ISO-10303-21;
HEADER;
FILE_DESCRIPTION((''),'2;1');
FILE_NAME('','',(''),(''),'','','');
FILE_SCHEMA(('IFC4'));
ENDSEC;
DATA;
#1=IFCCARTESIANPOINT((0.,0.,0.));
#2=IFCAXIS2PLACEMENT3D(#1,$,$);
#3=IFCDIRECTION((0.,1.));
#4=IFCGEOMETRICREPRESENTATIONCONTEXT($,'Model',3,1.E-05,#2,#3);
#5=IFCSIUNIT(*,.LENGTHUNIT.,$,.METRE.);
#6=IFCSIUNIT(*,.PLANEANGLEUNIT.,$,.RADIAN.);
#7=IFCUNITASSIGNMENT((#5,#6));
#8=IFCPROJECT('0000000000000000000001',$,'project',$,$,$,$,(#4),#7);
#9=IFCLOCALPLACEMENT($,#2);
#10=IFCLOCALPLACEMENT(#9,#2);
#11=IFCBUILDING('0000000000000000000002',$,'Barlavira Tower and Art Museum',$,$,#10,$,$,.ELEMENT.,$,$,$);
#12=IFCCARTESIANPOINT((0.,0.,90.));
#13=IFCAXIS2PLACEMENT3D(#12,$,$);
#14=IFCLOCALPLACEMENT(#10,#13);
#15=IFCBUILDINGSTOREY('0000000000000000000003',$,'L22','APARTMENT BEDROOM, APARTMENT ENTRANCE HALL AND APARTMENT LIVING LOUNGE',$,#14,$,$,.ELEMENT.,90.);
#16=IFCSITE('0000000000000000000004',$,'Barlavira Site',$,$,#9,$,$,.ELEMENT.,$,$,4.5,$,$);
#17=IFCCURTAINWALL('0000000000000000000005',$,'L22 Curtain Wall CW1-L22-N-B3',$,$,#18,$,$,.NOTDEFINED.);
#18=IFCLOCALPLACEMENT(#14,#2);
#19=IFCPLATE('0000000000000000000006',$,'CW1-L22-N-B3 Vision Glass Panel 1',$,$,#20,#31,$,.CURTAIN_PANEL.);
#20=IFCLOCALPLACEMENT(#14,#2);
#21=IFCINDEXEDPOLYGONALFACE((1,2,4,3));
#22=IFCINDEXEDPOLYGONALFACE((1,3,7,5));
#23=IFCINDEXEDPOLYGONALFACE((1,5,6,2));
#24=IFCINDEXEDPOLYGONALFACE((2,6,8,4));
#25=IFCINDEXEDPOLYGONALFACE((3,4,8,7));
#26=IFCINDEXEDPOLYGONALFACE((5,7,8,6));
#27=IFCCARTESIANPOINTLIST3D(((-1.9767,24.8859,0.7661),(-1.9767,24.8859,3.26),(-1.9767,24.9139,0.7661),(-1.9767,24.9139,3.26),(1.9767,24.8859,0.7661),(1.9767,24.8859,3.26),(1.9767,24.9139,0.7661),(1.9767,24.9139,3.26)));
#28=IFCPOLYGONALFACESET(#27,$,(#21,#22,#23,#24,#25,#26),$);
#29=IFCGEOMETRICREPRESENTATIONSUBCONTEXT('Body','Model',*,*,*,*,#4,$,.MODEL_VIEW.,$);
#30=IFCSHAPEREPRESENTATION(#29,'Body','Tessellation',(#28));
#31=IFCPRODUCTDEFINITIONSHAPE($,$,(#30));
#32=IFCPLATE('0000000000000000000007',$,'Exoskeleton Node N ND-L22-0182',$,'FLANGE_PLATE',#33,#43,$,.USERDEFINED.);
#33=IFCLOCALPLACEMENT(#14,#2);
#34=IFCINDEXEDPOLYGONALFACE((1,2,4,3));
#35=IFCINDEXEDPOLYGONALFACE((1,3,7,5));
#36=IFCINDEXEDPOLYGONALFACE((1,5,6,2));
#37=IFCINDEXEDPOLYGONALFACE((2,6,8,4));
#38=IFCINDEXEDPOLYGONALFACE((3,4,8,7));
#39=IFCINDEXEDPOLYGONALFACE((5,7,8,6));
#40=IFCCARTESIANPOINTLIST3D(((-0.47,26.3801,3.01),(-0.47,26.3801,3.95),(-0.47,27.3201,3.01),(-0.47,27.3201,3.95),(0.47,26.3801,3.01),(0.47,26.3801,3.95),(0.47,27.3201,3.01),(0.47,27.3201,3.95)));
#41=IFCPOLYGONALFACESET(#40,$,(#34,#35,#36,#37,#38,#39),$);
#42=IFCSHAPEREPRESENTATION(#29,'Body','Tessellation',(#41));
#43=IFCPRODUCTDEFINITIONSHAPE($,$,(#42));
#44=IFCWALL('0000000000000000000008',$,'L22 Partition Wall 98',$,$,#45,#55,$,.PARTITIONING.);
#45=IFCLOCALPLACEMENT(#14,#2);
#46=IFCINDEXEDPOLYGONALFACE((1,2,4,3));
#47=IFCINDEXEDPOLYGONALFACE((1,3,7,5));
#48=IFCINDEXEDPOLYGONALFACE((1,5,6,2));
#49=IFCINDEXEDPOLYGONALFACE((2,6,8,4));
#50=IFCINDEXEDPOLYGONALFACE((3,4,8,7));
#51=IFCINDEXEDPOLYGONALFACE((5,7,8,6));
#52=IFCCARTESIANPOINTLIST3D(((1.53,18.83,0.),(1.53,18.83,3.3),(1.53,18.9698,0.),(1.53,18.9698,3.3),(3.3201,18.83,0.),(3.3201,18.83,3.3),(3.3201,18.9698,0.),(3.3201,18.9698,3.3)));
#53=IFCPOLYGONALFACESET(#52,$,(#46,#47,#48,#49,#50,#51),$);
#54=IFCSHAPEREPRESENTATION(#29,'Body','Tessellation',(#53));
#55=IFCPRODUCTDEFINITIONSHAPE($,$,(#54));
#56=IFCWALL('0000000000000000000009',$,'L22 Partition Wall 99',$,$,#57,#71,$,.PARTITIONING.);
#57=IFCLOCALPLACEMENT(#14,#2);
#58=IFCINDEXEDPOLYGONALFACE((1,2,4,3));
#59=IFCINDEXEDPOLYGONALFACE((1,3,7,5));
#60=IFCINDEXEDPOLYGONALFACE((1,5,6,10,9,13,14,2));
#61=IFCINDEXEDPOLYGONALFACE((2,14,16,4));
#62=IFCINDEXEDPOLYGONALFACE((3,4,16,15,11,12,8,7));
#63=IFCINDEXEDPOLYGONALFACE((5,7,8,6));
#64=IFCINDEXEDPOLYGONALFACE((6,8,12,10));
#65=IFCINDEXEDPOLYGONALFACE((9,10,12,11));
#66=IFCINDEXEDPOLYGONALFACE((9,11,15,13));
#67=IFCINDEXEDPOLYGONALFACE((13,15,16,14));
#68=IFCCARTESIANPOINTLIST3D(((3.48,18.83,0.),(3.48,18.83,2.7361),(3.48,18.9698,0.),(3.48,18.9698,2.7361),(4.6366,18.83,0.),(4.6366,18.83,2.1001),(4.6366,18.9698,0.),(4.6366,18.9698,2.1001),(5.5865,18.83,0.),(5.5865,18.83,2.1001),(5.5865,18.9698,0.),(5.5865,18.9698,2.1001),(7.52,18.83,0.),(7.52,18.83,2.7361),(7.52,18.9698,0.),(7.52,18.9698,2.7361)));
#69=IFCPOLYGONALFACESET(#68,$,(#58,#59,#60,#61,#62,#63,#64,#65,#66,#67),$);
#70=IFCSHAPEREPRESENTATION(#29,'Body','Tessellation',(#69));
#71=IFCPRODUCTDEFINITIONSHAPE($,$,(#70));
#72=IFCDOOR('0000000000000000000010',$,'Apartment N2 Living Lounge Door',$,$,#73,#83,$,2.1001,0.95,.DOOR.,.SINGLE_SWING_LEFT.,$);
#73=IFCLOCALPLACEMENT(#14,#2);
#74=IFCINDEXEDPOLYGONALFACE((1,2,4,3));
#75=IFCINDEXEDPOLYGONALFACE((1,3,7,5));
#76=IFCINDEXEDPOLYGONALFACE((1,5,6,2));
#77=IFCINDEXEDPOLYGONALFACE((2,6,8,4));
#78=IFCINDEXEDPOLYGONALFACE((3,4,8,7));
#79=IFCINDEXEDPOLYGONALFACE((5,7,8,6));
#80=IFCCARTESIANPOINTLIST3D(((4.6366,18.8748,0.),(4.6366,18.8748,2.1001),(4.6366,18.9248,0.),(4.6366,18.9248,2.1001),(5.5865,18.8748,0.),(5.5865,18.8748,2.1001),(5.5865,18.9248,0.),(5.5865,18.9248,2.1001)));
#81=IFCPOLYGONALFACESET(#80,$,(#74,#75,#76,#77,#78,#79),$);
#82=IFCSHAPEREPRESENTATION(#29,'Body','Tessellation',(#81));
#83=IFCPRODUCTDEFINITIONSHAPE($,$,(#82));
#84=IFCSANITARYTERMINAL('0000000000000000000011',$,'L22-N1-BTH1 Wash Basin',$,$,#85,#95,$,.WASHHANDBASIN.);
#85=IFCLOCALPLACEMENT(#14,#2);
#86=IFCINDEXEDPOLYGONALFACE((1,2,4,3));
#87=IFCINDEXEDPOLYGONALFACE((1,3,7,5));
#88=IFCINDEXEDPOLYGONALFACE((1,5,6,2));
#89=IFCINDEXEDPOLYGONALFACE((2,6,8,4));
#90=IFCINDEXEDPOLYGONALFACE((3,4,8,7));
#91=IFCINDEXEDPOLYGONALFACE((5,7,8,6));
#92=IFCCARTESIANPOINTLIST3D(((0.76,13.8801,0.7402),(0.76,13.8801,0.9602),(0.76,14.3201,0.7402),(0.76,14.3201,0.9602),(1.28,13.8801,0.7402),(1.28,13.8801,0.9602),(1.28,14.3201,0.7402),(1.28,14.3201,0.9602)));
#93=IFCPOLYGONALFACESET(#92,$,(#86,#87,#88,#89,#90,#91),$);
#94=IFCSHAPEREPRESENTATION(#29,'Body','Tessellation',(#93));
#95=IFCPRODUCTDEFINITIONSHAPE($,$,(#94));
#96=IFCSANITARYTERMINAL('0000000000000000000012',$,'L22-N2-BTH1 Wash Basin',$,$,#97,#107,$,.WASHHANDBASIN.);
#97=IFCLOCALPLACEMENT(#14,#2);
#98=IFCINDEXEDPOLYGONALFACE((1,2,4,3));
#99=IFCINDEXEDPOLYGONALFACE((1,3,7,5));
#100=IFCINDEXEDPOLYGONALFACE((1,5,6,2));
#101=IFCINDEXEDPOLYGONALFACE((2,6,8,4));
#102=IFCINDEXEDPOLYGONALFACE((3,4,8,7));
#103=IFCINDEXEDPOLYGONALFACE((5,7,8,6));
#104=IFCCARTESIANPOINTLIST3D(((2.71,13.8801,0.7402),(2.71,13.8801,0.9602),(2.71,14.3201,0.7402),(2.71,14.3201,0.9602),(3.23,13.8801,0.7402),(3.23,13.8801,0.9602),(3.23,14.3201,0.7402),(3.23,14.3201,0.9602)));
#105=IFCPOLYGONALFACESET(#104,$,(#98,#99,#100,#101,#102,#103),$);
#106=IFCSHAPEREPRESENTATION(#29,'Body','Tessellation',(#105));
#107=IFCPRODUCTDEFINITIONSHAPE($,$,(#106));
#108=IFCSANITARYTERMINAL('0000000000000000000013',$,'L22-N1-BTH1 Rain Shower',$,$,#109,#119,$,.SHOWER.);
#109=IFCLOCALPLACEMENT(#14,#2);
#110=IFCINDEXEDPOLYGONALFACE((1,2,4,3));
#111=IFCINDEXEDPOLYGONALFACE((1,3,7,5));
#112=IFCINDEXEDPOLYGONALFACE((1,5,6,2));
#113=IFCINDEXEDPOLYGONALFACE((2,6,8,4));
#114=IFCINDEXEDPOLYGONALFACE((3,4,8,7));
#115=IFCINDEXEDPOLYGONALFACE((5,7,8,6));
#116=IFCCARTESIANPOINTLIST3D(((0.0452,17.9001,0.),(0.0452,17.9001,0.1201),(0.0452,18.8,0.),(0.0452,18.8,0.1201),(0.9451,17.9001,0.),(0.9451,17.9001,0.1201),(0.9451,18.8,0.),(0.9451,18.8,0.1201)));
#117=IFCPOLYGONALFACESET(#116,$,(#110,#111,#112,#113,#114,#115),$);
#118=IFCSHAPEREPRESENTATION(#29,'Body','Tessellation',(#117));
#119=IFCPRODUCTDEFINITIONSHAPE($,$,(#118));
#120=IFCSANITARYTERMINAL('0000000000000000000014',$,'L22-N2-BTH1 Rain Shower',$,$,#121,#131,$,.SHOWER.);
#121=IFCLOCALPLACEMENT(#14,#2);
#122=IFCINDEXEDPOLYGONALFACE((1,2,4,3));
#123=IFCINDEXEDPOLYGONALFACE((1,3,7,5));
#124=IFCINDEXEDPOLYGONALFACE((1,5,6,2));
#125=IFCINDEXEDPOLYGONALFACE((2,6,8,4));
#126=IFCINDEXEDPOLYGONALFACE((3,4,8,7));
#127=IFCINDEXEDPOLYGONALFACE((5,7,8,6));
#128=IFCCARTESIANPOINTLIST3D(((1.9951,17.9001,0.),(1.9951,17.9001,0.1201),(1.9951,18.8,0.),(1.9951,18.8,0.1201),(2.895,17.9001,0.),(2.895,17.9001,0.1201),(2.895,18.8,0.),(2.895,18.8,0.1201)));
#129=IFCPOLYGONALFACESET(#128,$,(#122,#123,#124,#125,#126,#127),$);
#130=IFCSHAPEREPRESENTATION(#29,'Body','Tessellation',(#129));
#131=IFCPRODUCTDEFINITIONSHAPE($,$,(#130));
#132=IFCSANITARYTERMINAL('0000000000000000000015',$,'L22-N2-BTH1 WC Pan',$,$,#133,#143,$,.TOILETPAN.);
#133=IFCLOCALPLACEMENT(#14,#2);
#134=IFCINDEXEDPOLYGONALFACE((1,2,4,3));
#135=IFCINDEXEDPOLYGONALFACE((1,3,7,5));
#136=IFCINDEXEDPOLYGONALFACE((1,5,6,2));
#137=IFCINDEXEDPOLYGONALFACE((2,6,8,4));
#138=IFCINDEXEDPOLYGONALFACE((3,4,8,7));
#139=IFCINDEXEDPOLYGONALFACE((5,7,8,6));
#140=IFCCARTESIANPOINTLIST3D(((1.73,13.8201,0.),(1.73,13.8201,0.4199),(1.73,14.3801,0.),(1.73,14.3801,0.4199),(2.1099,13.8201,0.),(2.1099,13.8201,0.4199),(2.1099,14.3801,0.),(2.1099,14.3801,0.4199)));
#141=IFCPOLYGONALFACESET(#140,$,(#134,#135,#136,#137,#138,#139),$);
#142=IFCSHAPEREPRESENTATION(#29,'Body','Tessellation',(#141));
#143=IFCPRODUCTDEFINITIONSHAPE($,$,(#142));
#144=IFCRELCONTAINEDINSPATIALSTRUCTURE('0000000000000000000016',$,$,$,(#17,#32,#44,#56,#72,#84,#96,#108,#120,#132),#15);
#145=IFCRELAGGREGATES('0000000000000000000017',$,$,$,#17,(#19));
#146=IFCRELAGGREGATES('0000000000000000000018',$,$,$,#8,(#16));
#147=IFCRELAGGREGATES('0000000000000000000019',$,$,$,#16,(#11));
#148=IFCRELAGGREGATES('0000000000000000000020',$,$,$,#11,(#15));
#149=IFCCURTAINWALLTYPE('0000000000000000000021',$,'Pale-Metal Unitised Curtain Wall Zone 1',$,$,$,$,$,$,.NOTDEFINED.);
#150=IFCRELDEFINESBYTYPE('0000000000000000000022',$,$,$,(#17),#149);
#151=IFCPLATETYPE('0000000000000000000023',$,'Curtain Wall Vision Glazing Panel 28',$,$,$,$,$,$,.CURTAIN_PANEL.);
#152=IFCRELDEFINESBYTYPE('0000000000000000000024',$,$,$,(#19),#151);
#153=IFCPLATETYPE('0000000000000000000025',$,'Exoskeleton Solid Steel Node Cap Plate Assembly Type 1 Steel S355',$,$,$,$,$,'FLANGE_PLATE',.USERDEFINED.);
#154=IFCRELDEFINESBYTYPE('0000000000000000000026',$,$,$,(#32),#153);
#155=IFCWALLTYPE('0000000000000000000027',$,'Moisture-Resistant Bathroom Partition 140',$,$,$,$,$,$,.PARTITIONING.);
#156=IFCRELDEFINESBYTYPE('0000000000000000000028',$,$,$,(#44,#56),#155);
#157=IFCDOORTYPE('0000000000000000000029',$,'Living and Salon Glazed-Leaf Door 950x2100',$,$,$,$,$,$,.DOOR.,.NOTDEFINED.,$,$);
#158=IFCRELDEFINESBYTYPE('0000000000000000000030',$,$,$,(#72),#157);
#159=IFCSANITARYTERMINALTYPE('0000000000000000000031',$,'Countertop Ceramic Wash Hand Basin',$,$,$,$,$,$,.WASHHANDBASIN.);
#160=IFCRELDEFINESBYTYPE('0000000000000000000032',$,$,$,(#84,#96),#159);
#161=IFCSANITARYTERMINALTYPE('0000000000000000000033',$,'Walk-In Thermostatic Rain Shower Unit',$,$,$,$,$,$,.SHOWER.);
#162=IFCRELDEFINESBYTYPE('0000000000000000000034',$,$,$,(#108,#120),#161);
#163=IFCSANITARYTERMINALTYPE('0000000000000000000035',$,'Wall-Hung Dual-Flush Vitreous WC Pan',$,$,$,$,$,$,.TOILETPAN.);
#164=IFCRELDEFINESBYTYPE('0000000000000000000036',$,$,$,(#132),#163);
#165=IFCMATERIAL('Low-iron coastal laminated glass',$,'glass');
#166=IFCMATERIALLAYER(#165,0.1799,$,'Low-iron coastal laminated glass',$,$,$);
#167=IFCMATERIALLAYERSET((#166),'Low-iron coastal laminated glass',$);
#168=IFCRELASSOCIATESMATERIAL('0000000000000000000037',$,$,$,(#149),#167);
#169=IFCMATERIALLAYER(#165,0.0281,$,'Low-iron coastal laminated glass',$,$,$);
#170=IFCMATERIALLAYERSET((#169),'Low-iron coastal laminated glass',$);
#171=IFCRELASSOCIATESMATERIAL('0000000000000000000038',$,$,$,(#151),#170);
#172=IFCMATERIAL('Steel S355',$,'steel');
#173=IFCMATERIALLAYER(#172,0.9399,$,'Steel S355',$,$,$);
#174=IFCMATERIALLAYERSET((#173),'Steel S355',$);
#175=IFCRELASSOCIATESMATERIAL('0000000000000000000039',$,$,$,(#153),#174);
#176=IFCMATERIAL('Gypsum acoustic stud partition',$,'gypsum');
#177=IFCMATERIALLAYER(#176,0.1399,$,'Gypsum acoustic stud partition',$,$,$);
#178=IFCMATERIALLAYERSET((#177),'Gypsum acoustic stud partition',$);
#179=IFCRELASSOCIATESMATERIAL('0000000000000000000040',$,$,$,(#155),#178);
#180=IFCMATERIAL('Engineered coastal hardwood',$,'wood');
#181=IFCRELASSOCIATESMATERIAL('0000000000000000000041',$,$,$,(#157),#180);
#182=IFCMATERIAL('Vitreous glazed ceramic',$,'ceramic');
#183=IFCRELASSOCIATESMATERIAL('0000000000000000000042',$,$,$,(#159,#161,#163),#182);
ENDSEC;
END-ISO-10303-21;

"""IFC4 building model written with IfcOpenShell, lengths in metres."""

from ifc_helpers import new_model, si_unit, direction, frame, frame_2d, origin, origin_2d, place, context, subcontext, project, spatial, rectangle, extrude, material, layer, layer_set, type_object, element, fill, aggregate, save


model = new_model("IFC4")

# Units and contexts
model_context = context("Model", 3, precision=1e-05, world=origin(), true_north=direction((0.0, 1.0)))
body_context = subcontext(model_context, "Body", "Model", "MODEL_VIEW")
ifc_project = project(units=[si_unit("LENGTHUNIT", "METRE"), si_unit("PLANEANGLEUNIT", "RADIAN")], contexts=[model_context])

# Site, building, storey
site_placement = place(None, origin())
site = spatial("IfcSite", under=ifc_project, at=site_placement, Name="Barlavira Site", CompositionType="ELEMENT", RefElevation=4.5)
building_placement = place(site_placement, origin())
building = spatial("IfcBuilding", under=site, at=building_placement, Name="Barlavira Tower and Art Museum", CompositionType="ELEMENT")
storey_placement = place(building_placement, frame((0.0, 0.0, 90.0)))
storey = spatial("IfcBuildingStorey", under=building, at=storey_placement, Name="L22", Description="APARTMENT BEDROOM, APARTMENT ENTRANCE HALL AND APARTMENT LIVING LOUNGE", CompositionType="ELEMENT", Elevation=90.0)

# Curtain wall
ifc_material_1 = material(Name="Low-iron coastal laminated glass", Category="glass")
ifc_layer_1 = layer(ifc_material_1, 0.1799, Name="Low-iron coastal laminated glass")
ifc_layer_set_1 = layer_set([ifc_layer_1], Name="Low-iron coastal laminated glass")
curtain_wall_type = type_object("IfcCurtainWallType", Name="Pale-Metal Unitised Curtain Wall Zone 1", PredefinedType="NOTDEFINED", material=ifc_layer_set_1)
curtain_wall_placement = place(storey_placement, origin())
curtain_wall = element("IfcCurtainWall", 1, at=curtain_wall_placement, inside=storey, type_object=curtain_wall_type, Name="L22 Curtain Wall CW1-L22-N-B3", PredefinedType="NOTDEFINED")

# Shared definitions
ifc_material_2 = material(Name="Steel S355", Category="steel")

# Plates
ifc_layer_2 = layer(ifc_material_1, 0.0281, Name="Low-iron coastal laminated glass")
ifc_layer_set_2 = layer_set([ifc_layer_2], Name="Low-iron coastal laminated glass")
plate_type_1 = type_object("IfcPlateType", Name="Curtain Wall Vision Glazing Panel 28", PredefinedType="CURTAIN_PANEL", material=ifc_layer_set_2)
plate_1_placement = place(storey_placement, frame((0.0, 24.8999, 0.7661), z_axis=(0.0, 0.0, 1.0), x_axis=(-1.0, 0.0, 0.0)))
plate_1 = element("IfcPlate", 2, at=plate_1_placement, type_object=plate_type_1, Name="CW1-L22-N-B3 Vision Glass Panel 1", PredefinedType="CURTAIN_PANEL", context=body_context, shape_type="SweptSolid", body=[
    extrude(rectangle(XDim=3.9534, YDim=0.0281, at=origin_2d()), origin(), (0.0, 0.0, 1.0), 2.4939),
])
aggregate(curtain_wall, [plate_1])
ifc_layer_3 = layer(ifc_material_2, 0.9399, Name="Steel S355")
ifc_layer_set_3 = layer_set([ifc_layer_3], Name="Steel S355")
plate_type_2 = type_object("IfcPlateType", Name="Exoskeleton Solid Steel Node Cap Plate Assembly Type 1 Steel S355", ElementType="FLANGE_PLATE", PredefinedType="USERDEFINED", material=ifc_layer_set_3)
plate_2_placement = place(storey_placement, frame((0.0, 26.8501, 3.01), z_axis=(0.0, 0.0, 1.0), x_axis=(1.0, 0.0, 0.0)))
element("IfcPlate", 3, at=plate_2_placement, inside=storey, type_object=plate_type_2, Name="Exoskeleton Node N ND-L22-0182", ObjectType="FLANGE_PLATE", PredefinedType="USERDEFINED", context=body_context, shape_type="SweptSolid", body=[
    extrude(rectangle(XDim=0.9399, YDim=0.9399, at=origin_2d()), origin(), (0.0, 0.0, 1.0), 0.9399),
])

# Shared definitions
ifc_material_3 = material(Name="Gypsum acoustic stud partition", Category="gypsum")

# Wall
ifc_layer_4 = layer(ifc_material_3, 0.1399, Name="Gypsum acoustic stud partition")
ifc_layer_set_4 = layer_set([ifc_layer_4], Name="Gypsum acoustic stud partition")
wall_type_1 = type_object("IfcWallType", Name="Moisture-Resistant Bathroom Partition 140", PredefinedType="PARTITIONING", material=ifc_layer_set_4)
wall_1_placement = place(storey_placement, frame((1.53, 18.8999, 0.0), z_axis=(0.0, 0.0, 1.0), x_axis=(1.0, 0.0, 0.0)))
element("IfcWall", 4, at=wall_1_placement, inside=storey, type_object=wall_type_1, Name="L22 Partition Wall 98", PredefinedType="PARTITIONING", context=body_context, shape_type="SweptSolid", body=[
    extrude(rectangle(XDim=1.79, YDim=0.1399, at=frame_2d((0.895, 0.0))), origin(), (0.0, 0.0, 1.0), 3.3),
])

# Wall, opening, door
wall_2_placement = place(storey_placement, frame((3.48, 18.8999, 0.0), z_axis=(0.0, 0.0, 1.0), x_axis=(1.0, 0.0, 0.0)))
wall_2 = element("IfcWall", 5, at=wall_2_placement, inside=storey, type_object=wall_type_1, Name="L22 Partition Wall 99", PredefinedType="PARTITIONING", context=body_context, shape_type="SweptSolid", body=[
    extrude(rectangle(XDim=4.04, YDim=0.1399, at=frame_2d((2.02, 0.0))), origin(), (0.0, 0.0, 1.0), 2.7361),
])
opening_1_placement = place(wall_2_placement, frame((1.1565, 0.0, 0.0)))
opening_1 = element("IfcOpeningElement", 6, at=opening_1_placement, cuts=wall_2, PredefinedType="OPENING", context=body_context, shape_type="SweptSolid", body=[
    extrude(rectangle(XDim=0.95, YDim=2.1001, at=frame_2d((0.4751, 1.05))), frame((0.0, 0.0801, 0.0), z_axis=(0.0, -1.0, 0.0), x_axis=(1.0, 0.0, 0.0)), (0.0, 0.0, 1.0), 0.1599),
])
ifc_material_4 = material(Name="Engineered coastal hardwood", Category="wood")
door_type_1 = type_object("IfcDoorType", Name="Living and Salon Glazed-Leaf Door 950x2100", OperationType="NOTDEFINED", PredefinedType="DOOR", material=ifc_material_4)
door_1_placement = place(opening_1_placement, origin())
door_1 = element("IfcDoor", 7, at=door_1_placement, inside=storey, type_object=door_type_1, Name="Apartment N2 Living Lounge Door", OperationType="SINGLE_SWING_LEFT", OverallHeight=2.1001, OverallWidth=0.95, PredefinedType="DOOR", context=body_context, shape_type="SweptSolid", body=[
    extrude(rectangle(XDim=0.95, YDim=2.1001, at=frame_2d((0.4751, 1.05))), frame((0.0, 0.0249, 0.0), z_axis=(0.0, -1.0, 0.0), x_axis=(1.0, 0.0, 0.0)), (0.0, 0.0, 1.0), 0.05),
])
fill(opening_1, door_1)

# Sanitary terminals
ifc_material_5 = material(Name="Vitreous glazed ceramic", Category="ceramic")
sanitary_terminal_type_1 = type_object("IfcSanitaryTerminalType", Name="Countertop Ceramic Wash Hand Basin", PredefinedType="WASHHANDBASIN", material=ifc_material_5)
for number, where, z_axis, x_axis, name in (
    (8, (1.02, 14.1001, 0.7402), (0.0, 0.0, 1.0), (1.0, 0.0, 0.0), "L22-N1-BTH1 Wash Basin"),
    (9, (2.97, 14.1001, 0.7402), (0.0, 0.0, 1.0), (1.0, 0.0, 0.0), "L22-N2-BTH1 Wash Basin"),
):
    element("IfcSanitaryTerminal", number, at=place(storey_placement, frame(where, z_axis=z_axis, x_axis=x_axis)), inside=storey, type_object=sanitary_terminal_type_1, Name=name, PredefinedType="WASHHANDBASIN", context=body_context, shape_type="SweptSolid", body=[
        extrude(rectangle(XDim=0.52, YDim=0.4399, at=origin_2d()), origin(), (0.0, 0.0, 1.0), 0.22),
    ])
sanitary_terminal_type_2 = type_object("IfcSanitaryTerminalType", Name="Walk-In Thermostatic Rain Shower Unit", PredefinedType="SHOWER", material=ifc_material_5)
for number, where, z_axis, x_axis, name in (
    (10, (0.4951, 18.3501, 0.0), (0.0, 0.0, 1.0), (1.0, 0.0, 0.0), "L22-N1-BTH1 Rain Shower"),
    (11, (2.4451, 18.3501, 0.0), (0.0, 0.0, 1.0), (1.0, 0.0, 0.0), "L22-N2-BTH1 Rain Shower"),
):
    element("IfcSanitaryTerminal", number, at=place(storey_placement, frame(where, z_axis=z_axis, x_axis=x_axis)), inside=storey, type_object=sanitary_terminal_type_2, Name=name, PredefinedType="SHOWER", context=body_context, shape_type="SweptSolid", body=[
        extrude(rectangle(XDim=0.8999, YDim=0.8999, at=origin_2d()), origin(), (0.0, 0.0, 1.0), 0.1201),
    ])
sanitary_terminal_type_3 = type_object("IfcSanitaryTerminalType", Name="Wall-Hung Dual-Flush Vitreous WC Pan", PredefinedType="TOILETPAN", material=ifc_material_5)
sanitary_terminal_placement = place(storey_placement, frame((1.9199, 14.1001, 0.0), z_axis=(0.0, 0.0, 1.0), x_axis=(1.0, 0.0, 0.0)))
element("IfcSanitaryTerminal", 12, at=sanitary_terminal_placement, inside=storey, type_object=sanitary_terminal_type_3, Name="L22-N2-BTH1 WC Pan", PredefinedType="TOILETPAN", context=body_context, shape_type="SweptSolid", body=[
    extrude(rectangle(XDim=0.3799, YDim=0.5601, at=origin_2d()), origin(), (0.0, 0.0, 1.0), 0.4199),
])

save(model, "model.ifc")
